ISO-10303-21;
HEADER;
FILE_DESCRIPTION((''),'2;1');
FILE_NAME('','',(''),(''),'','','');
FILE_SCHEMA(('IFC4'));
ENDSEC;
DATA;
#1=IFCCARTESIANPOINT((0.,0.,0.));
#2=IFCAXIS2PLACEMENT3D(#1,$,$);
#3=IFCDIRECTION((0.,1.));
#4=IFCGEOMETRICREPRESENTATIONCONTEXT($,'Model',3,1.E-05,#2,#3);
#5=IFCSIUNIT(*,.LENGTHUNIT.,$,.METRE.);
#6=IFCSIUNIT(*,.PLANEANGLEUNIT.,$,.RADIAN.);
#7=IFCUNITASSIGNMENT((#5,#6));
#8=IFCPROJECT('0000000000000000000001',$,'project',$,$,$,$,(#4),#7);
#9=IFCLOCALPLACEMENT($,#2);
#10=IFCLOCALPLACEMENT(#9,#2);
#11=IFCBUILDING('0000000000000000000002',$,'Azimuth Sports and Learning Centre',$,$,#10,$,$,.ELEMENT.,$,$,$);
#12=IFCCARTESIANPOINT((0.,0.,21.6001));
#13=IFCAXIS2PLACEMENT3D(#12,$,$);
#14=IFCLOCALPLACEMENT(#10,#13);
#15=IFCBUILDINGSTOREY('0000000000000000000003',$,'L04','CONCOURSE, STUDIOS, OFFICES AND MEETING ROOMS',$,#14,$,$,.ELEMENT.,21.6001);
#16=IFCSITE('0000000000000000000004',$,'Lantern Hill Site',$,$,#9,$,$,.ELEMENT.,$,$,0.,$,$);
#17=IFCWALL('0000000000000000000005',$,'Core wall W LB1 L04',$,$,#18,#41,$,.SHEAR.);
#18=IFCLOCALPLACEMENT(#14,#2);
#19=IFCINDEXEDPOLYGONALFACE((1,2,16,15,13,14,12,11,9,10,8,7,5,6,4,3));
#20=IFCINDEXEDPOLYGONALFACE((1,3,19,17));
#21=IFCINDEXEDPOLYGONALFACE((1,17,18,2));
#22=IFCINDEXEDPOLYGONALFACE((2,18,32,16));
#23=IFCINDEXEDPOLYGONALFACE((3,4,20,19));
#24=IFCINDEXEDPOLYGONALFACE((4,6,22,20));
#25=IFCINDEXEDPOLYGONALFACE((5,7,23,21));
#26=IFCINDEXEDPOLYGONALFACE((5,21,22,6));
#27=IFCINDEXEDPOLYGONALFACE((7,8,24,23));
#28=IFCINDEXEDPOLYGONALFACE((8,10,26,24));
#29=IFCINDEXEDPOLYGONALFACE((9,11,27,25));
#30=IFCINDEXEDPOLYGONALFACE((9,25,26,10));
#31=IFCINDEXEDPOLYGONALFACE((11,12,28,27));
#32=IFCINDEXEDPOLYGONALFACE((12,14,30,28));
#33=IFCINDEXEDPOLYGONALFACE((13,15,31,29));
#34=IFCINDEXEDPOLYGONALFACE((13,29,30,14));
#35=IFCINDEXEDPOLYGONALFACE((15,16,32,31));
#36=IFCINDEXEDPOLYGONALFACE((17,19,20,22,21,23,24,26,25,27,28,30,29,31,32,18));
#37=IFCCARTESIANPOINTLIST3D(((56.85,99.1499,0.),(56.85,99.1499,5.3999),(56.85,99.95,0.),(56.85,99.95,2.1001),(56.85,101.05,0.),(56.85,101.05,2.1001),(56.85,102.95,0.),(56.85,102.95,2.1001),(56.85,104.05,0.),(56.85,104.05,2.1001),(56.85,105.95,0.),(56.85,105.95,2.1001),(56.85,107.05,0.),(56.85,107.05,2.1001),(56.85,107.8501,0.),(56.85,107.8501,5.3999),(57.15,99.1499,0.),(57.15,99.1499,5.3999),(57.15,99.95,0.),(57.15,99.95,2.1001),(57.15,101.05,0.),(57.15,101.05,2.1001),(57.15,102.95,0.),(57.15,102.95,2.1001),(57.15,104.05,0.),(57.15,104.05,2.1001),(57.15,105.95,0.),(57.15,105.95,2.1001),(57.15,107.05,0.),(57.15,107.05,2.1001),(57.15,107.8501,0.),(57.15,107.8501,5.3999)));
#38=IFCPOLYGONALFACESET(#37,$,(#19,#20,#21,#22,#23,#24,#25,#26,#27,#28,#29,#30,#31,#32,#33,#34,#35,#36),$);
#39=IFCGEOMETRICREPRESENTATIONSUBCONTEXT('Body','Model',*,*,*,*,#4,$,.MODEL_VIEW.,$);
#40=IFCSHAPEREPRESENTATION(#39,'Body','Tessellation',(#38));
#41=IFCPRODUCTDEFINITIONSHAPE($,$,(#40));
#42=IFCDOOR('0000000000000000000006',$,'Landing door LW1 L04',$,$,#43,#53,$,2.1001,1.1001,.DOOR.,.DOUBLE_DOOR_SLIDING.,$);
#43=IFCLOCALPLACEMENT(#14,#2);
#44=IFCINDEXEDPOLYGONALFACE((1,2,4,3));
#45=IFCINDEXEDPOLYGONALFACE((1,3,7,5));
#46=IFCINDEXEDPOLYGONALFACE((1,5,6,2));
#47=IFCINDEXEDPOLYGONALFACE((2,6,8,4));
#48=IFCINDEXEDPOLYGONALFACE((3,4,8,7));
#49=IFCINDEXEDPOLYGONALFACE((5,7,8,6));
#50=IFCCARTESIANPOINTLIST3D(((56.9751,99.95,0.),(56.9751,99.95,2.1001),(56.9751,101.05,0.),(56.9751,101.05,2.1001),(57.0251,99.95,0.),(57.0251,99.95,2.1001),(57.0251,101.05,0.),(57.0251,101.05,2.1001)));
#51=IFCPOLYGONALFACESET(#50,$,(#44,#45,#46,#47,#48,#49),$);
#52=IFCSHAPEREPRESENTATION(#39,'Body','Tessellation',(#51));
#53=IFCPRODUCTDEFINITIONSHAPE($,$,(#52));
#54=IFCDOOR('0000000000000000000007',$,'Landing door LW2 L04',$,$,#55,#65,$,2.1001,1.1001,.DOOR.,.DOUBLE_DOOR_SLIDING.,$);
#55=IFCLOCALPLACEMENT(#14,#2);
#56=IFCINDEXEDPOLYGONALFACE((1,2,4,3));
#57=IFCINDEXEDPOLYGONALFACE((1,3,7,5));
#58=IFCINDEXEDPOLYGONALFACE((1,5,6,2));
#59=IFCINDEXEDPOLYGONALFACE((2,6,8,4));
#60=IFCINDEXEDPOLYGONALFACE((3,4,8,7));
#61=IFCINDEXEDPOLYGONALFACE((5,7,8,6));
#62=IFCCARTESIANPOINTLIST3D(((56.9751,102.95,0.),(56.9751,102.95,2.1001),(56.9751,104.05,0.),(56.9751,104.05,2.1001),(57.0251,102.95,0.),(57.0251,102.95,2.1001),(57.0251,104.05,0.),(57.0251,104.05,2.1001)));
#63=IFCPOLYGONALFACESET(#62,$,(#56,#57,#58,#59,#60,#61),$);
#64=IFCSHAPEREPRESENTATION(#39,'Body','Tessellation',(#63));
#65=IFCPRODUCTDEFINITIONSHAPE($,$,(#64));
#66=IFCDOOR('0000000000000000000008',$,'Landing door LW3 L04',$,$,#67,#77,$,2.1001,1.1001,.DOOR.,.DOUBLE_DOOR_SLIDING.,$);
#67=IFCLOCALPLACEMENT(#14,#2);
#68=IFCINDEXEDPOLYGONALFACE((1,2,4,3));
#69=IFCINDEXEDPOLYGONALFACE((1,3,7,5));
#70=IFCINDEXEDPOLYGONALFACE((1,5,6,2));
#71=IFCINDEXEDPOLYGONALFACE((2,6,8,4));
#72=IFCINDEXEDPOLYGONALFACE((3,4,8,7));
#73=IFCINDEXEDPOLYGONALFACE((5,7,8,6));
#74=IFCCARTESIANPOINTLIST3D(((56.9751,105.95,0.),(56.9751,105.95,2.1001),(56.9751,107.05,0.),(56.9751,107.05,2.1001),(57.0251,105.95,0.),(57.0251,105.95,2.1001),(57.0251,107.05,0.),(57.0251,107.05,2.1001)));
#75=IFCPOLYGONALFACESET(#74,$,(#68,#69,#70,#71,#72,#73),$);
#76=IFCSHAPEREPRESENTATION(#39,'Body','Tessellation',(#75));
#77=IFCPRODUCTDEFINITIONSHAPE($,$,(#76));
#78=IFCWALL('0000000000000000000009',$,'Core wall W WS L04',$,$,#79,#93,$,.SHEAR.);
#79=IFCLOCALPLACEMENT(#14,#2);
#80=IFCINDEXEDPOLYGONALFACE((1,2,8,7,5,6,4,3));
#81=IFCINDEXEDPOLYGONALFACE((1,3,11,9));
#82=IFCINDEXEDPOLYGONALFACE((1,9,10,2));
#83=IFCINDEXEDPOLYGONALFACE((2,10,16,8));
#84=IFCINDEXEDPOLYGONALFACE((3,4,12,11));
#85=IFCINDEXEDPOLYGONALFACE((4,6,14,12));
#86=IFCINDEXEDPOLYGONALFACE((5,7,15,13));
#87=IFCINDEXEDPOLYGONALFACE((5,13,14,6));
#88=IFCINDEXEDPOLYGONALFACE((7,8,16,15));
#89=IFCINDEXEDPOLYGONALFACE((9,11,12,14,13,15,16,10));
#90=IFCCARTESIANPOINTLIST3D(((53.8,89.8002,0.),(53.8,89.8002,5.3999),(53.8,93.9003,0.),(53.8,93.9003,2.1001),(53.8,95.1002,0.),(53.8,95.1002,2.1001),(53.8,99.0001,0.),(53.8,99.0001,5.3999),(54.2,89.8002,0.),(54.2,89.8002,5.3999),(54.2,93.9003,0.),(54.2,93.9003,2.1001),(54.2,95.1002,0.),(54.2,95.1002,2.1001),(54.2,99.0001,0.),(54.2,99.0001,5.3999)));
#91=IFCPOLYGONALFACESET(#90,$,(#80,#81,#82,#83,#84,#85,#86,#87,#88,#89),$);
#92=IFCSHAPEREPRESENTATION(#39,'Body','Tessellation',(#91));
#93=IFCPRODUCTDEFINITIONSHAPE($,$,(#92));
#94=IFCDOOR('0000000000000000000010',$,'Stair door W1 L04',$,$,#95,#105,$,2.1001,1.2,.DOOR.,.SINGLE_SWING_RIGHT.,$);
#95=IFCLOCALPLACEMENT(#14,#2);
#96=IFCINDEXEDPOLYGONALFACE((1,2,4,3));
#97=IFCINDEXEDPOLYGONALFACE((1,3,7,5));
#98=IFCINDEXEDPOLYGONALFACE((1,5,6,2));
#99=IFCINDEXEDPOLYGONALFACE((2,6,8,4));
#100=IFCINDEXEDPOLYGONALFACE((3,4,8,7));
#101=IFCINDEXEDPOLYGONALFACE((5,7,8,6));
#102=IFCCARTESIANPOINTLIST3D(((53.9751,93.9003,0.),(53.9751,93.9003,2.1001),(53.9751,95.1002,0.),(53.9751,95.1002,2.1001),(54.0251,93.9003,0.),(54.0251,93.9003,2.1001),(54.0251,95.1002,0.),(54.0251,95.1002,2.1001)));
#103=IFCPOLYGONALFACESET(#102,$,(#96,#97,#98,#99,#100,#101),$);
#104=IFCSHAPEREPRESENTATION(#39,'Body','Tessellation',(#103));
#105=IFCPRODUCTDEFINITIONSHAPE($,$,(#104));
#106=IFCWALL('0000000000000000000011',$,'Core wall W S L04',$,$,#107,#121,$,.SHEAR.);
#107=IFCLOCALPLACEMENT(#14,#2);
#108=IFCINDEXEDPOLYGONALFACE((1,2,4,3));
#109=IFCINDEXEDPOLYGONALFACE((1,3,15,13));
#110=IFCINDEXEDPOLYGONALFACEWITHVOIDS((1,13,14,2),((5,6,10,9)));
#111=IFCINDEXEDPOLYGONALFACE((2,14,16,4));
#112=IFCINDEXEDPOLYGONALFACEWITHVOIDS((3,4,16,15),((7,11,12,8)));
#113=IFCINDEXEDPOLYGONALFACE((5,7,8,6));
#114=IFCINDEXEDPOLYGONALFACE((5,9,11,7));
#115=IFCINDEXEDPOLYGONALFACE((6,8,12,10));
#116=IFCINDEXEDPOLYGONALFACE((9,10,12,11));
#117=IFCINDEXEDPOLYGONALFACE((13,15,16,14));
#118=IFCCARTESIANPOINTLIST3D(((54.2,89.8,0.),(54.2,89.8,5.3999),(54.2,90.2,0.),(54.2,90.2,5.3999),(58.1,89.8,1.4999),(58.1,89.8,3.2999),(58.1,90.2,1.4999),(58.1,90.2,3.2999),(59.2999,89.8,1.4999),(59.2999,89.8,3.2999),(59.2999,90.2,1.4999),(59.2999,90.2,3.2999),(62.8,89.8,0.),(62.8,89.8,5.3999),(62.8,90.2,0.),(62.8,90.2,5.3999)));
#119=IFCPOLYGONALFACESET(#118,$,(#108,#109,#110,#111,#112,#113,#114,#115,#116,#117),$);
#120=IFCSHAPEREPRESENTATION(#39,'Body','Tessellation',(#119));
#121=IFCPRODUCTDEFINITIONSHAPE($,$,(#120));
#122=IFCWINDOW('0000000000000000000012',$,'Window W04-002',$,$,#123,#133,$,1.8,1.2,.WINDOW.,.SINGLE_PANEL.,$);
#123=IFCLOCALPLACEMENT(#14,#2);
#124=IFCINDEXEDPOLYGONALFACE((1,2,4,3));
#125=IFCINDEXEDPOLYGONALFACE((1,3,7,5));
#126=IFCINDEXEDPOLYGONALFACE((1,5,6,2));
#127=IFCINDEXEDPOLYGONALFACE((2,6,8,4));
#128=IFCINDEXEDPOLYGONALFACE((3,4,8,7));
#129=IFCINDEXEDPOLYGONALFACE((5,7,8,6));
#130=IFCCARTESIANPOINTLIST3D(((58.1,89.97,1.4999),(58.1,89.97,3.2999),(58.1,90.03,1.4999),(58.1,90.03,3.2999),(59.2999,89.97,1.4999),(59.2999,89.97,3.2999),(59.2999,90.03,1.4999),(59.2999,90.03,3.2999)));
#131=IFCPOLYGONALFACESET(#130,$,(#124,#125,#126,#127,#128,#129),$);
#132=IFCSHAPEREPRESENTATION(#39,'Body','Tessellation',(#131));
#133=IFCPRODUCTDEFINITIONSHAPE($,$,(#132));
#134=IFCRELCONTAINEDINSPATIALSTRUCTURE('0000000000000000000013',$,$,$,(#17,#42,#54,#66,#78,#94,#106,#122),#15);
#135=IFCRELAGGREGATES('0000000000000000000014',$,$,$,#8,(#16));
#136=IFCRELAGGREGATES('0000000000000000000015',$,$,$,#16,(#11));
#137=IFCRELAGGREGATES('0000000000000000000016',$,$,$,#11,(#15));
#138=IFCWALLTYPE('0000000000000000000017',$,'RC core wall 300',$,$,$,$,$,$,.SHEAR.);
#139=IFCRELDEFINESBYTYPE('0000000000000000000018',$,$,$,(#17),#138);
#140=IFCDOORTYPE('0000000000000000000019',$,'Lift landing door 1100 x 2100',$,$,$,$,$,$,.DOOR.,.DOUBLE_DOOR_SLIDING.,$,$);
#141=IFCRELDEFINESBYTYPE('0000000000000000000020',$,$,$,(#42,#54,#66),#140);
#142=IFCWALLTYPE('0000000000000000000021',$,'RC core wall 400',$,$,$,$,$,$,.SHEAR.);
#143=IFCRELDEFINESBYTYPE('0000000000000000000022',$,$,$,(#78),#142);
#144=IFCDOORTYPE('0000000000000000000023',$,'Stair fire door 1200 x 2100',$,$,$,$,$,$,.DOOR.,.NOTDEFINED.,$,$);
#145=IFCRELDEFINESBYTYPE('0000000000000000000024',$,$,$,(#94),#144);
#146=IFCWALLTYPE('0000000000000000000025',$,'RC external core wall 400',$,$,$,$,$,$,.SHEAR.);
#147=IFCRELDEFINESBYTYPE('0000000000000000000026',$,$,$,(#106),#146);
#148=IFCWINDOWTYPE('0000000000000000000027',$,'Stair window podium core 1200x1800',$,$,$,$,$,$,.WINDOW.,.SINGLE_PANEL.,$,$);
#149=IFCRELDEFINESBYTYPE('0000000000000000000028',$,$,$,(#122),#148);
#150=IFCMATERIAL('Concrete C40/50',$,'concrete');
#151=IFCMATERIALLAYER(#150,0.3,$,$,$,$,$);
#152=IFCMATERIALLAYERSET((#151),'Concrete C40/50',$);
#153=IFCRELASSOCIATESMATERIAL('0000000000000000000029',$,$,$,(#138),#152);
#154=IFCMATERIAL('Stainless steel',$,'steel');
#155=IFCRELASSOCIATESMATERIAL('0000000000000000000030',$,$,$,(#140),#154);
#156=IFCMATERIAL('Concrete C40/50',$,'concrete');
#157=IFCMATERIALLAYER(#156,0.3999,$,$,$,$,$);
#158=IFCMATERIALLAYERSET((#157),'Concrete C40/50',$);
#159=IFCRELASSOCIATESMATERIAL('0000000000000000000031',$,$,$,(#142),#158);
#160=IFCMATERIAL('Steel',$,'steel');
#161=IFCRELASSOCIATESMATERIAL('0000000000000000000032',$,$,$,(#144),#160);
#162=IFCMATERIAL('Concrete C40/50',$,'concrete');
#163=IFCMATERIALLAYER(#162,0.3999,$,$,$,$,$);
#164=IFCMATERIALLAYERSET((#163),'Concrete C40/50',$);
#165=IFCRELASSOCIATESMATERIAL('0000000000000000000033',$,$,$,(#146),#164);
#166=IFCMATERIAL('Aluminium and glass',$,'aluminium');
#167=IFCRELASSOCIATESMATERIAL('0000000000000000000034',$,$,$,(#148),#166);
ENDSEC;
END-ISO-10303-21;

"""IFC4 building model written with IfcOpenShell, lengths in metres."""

from ifc_helpers import new_model, si_unit, direction, frame, frame_2d, origin, place, context, subcontext, project, spatial, rectangle, extrude, material, layer, layer_set, type_object, element, fill, save


model = new_model("IFC4")

# Units and contexts
model_context = context("Model", 3, precision=1e-05, world=origin(), true_north=direction((0.0, 1.0)))
body_context = subcontext(model_context, "Body", "Model", "MODEL_VIEW")
ifc_project = project(units=[si_unit("LENGTHUNIT", "METRE"), si_unit("PLANEANGLEUNIT", "RADIAN")], contexts=[model_context])

# Site, building, storey
site_placement = place(None, origin())
site = spatial("IfcSite", under=ifc_project, at=site_placement, Name="Lantern Hill Site", CompositionType="ELEMENT", RefElevation=0.0)
building_placement = place(site_placement, origin())
building = spatial("IfcBuilding", under=site, at=building_placement, Name="Azimuth Sports and Learning Centre", CompositionType="ELEMENT")
storey_placement = place(building_placement, frame((0.0, 0.0, 21.6001)))
storey = spatial("IfcBuildingStorey", under=building, at=storey_placement, Name="L04", Description="CONCOURSE, STUDIOS, OFFICES AND MEETING ROOMS", CompositionType="ELEMENT", Elevation=21.6001)

# Shared definitions
ifc_material_1 = material(Name="Concrete C40/50", Category="concrete")
ifc_layer_1 = layer(ifc_material_1, 0.3)
ifc_layer_set_1 = layer_set([ifc_layer_1], Name="Concrete C40/50")
wall_type_1 = type_object("IfcWallType", Name="RC core wall 300", PredefinedType="SHEAR", material=ifc_layer_set_1)

# Wall, openings, doors
wall_1_placement = place(storey_placement, frame((57.0, 99.1499, 0.0), z_axis=(0.0, 0.0, 1.0), x_axis=(0.0, 1.0, 0.0)))
wall_1 = element("IfcWall", 1, at=wall_1_placement, inside=storey, type_object=wall_type_1, Name="Core wall W LB1 L04", PredefinedType="SHEAR", context=body_context, shape_type="SweptSolid", body=[
    extrude(rectangle(XDim=8.7002, YDim=0.3, at=frame_2d((4.3501, 0.0))), origin(), (0.0, 0.0, 1.0), 5.3999),
])
opening_1_placement = place(wall_1_placement, frame((0.8, 0.0, 0.0)))
opening_1 = element("IfcOpeningElement", 2, at=opening_1_placement, cuts=wall_1, PredefinedType="OPENING", context=body_context, shape_type="SweptSolid", body=[
    extrude(rectangle(XDim=1.1001, YDim=2.1001, at=frame_2d((0.55, 1.05))), frame((0.0, 0.1611, 0.0), z_axis=(0.0, -1.0, 0.0), x_axis=(1.0, 0.0, 0.0)), (0.0, 0.0, 1.0), 0.322),
])
opening_2_placement = place(wall_1_placement, frame((3.8, 0.0, 0.0)))
opening_2 = element("IfcOpeningElement", 3, at=opening_2_placement, cuts=wall_1, PredefinedType="OPENING", context=body_context, shape_type="SweptSolid", body=[
    extrude(rectangle(XDim=1.1001, YDim=2.1001, at=frame_2d((0.55, 1.05))), frame((0.0, 0.1611, 0.0), z_axis=(0.0, -1.0, 0.0), x_axis=(1.0, 0.0, 0.0)), (0.0, 0.0, 1.0), 0.322),
])
opening_3_placement = place(wall_1_placement, frame((6.8, 0.0, 0.0)))
opening_3 = element("IfcOpeningElement", 4, at=opening_3_placement, cuts=wall_1, PredefinedType="OPENING", context=body_context, shape_type="SweptSolid", body=[
    extrude(rectangle(XDim=1.1001, YDim=2.1001, at=frame_2d((0.55, 1.05))), frame((0.0, 0.1611, 0.0), z_axis=(0.0, -1.0, 0.0), x_axis=(1.0, 0.0, 0.0)), (0.0, 0.0, 1.0), 0.322),
])
ifc_material_2 = material(Name="Stainless steel", Category="steel")
door_type_1 = type_object("IfcDoorType", Name="Lift landing door 1100 x 2100", OperationType="DOUBLE_DOOR_SLIDING", PredefinedType="DOOR", material=ifc_material_2)
door_1_placement = place(opening_1_placement, origin())
door_1 = element("IfcDoor", 5, at=door_1_placement, inside=storey, type_object=door_type_1, Name="Landing door LW1 L04", OperationType="DOUBLE_DOOR_SLIDING", OverallHeight=2.1001, OverallWidth=1.1001, PredefinedType="DOOR", context=body_context, shape_type="SweptSolid", body=[
    extrude(rectangle(XDim=1.1001, YDim=2.1001, at=frame_2d((0.55, 1.05))), frame((0.0, 0.0249, 0.0), z_axis=(0.0, -1.0, 0.0), x_axis=(1.0, 0.0, 0.0)), (0.0, 0.0, 1.0), 0.05),
])
fill(opening_1, door_1)
door_2_placement = place(opening_2_placement, origin())
door_2 = element("IfcDoor", 6, at=door_2_placement, inside=storey, type_object=door_type_1, Name="Landing door LW2 L04", OperationType="DOUBLE_DOOR_SLIDING", OverallHeight=2.1001, OverallWidth=1.1001, PredefinedType="DOOR", context=body_context, shape_type="SweptSolid", body=[
    extrude(rectangle(XDim=1.1001, YDim=2.1001, at=frame_2d((0.55, 1.05))), frame((0.0, 0.0249, 0.0), z_axis=(0.0, -1.0, 0.0), x_axis=(1.0, 0.0, 0.0)), (0.0, 0.0, 1.0), 0.05),
])
fill(opening_2, door_2)
door_3_placement = place(opening_3_placement, origin())
door_3 = element("IfcDoor", 7, at=door_3_placement, inside=storey, type_object=door_type_1, Name="Landing door LW3 L04", OperationType="DOUBLE_DOOR_SLIDING", OverallHeight=2.1001, OverallWidth=1.1001, PredefinedType="DOOR", context=body_context, shape_type="SweptSolid", body=[
    extrude(rectangle(XDim=1.1001, YDim=2.1001, at=frame_2d((0.55, 1.05))), frame((0.0, 0.0249, 0.0), z_axis=(0.0, -1.0, 0.0), x_axis=(1.0, 0.0, 0.0)), (0.0, 0.0, 1.0), 0.05),
])
fill(opening_3, door_3)

# Wall, opening, door
ifc_material_3 = material(Name="Concrete C40/50", Category="concrete")
ifc_layer_2 = layer(ifc_material_3, 0.3999)
ifc_layer_set_2 = layer_set([ifc_layer_2], Name="Concrete C40/50")
wall_type_2 = type_object("IfcWallType", Name="RC core wall 400", PredefinedType="SHEAR", material=ifc_layer_set_2)
wall_2_placement = place(storey_placement, frame((54.0, 89.8, 0.0), z_axis=(0.0, 0.0, 1.0), x_axis=(0.0, 1.0, 0.0)))
wall_2 = element("IfcWall", 8, at=wall_2_placement, inside=storey, type_object=wall_type_2, Name="Core wall W WS L04", PredefinedType="SHEAR", context=body_context, shape_type="SweptSolid", body=[
    extrude(rectangle(XDim=9.2, YDim=0.3999, at=frame_2d((4.6001, 0.0))), origin(), (0.0, 0.0, 1.0), 5.3999),
])
opening_4_placement = place(wall_2_placement, frame((4.1001, 0.0, 0.0)))
opening_4 = element("IfcOpeningElement", 9, at=opening_4_placement, cuts=wall_2, PredefinedType="OPENING", context=body_context, shape_type="SweptSolid", body=[
    extrude(rectangle(XDim=1.2, YDim=2.1001, at=frame_2d((0.6001, 1.05))), frame((0.0, 0.2109, 0.0), z_axis=(0.0, -1.0, 0.0), x_axis=(1.0, 0.0, 0.0)), (0.0, 0.0, 1.0), 0.4219),
])
ifc_material_4 = material(Name="Steel", Category="steel")
door_type_2 = type_object("IfcDoorType", Name="Stair fire door 1200 x 2100", OperationType="NOTDEFINED", PredefinedType="DOOR", material=ifc_material_4)
door_4_placement = place(opening_4_placement, origin())
door_4 = element("IfcDoor", 10, at=door_4_placement, inside=storey, type_object=door_type_2, Name="Stair door W1 L04", OperationType="SINGLE_SWING_RIGHT", OverallHeight=2.1001, OverallWidth=1.2, PredefinedType="DOOR", context=body_context, shape_type="SweptSolid", body=[
    extrude(rectangle(XDim=1.2, YDim=2.1001, at=frame_2d((0.6001, 1.05))), frame((0.0, 0.0249, 0.0), z_axis=(0.0, -1.0, 0.0), x_axis=(1.0, 0.0, 0.0)), (0.0, 0.0, 1.0), 0.05),
])
fill(opening_4, door_4)

# Wall, opening, window
ifc_material_5 = material(Name="Concrete C40/50", Category="concrete")
ifc_layer_3 = layer(ifc_material_5, 0.3999)
ifc_layer_set_3 = layer_set([ifc_layer_3], Name="Concrete C40/50")
wall_type_3 = type_object("IfcWallType", Name="RC external core wall 400", PredefinedType="SHEAR", material=ifc_layer_set_3)
wall_3_placement = place(storey_placement, frame((54.2, 90.0, 0.0), z_axis=(0.0, 0.0, 1.0), x_axis=(1.0, 0.0, 0.0)))
wall_3 = element("IfcWall", 11, at=wall_3_placement, inside=storey, type_object=wall_type_3, Name="Core wall W S L04", PredefinedType="SHEAR", context=body_context, shape_type="SweptSolid", body=[
    extrude(rectangle(XDim=8.6001, YDim=0.3999, at=frame_2d((4.3, 0.0))), origin(), (0.0, 0.0, 1.0), 5.3999),
])
opening_5_placement = place(wall_3_placement, frame((3.8999, 0.0, 1.5)))
opening_5 = element("IfcOpeningElement", 12, at=opening_5_placement, cuts=wall_3, PredefinedType="OPENING", context=body_context, shape_type="SweptSolid", body=[
    extrude(rectangle(XDim=1.2, YDim=1.8, at=frame_2d((0.6001, 0.8999))), frame((0.0, 0.2109, 0.0), z_axis=(0.0, -1.0, 0.0), x_axis=(1.0, 0.0, 0.0)), (0.0, 0.0, 1.0), 0.4219),
])
ifc_material_6 = material(Name="Aluminium and glass", Category="aluminium")
window_type = type_object("IfcWindowType", Name="Stair window podium core 1200x1800", PartitioningType="SINGLE_PANEL", PredefinedType="WINDOW", material=ifc_material_6)
window_placement = place(opening_5_placement, origin())
window = element("IfcWindow", 13, at=window_placement, inside=storey, type_object=window_type, Name="Window W04-002", OverallHeight=1.8, OverallWidth=1.2, PartitioningType="SINGLE_PANEL", PredefinedType="WINDOW", context=body_context, shape_type="SweptSolid", body=[
    extrude(rectangle(XDim=1.2, YDim=1.8, at=frame_2d((0.6001, 0.8999))), frame((0.0, 0.03, 0.0), z_axis=(0.0, -1.0, 0.0), x_axis=(1.0, 0.0, 0.0)), (0.0, 0.0, 1.0), 0.0601),
])
fill(opening_5, window)

save(model, "model.ifc")
